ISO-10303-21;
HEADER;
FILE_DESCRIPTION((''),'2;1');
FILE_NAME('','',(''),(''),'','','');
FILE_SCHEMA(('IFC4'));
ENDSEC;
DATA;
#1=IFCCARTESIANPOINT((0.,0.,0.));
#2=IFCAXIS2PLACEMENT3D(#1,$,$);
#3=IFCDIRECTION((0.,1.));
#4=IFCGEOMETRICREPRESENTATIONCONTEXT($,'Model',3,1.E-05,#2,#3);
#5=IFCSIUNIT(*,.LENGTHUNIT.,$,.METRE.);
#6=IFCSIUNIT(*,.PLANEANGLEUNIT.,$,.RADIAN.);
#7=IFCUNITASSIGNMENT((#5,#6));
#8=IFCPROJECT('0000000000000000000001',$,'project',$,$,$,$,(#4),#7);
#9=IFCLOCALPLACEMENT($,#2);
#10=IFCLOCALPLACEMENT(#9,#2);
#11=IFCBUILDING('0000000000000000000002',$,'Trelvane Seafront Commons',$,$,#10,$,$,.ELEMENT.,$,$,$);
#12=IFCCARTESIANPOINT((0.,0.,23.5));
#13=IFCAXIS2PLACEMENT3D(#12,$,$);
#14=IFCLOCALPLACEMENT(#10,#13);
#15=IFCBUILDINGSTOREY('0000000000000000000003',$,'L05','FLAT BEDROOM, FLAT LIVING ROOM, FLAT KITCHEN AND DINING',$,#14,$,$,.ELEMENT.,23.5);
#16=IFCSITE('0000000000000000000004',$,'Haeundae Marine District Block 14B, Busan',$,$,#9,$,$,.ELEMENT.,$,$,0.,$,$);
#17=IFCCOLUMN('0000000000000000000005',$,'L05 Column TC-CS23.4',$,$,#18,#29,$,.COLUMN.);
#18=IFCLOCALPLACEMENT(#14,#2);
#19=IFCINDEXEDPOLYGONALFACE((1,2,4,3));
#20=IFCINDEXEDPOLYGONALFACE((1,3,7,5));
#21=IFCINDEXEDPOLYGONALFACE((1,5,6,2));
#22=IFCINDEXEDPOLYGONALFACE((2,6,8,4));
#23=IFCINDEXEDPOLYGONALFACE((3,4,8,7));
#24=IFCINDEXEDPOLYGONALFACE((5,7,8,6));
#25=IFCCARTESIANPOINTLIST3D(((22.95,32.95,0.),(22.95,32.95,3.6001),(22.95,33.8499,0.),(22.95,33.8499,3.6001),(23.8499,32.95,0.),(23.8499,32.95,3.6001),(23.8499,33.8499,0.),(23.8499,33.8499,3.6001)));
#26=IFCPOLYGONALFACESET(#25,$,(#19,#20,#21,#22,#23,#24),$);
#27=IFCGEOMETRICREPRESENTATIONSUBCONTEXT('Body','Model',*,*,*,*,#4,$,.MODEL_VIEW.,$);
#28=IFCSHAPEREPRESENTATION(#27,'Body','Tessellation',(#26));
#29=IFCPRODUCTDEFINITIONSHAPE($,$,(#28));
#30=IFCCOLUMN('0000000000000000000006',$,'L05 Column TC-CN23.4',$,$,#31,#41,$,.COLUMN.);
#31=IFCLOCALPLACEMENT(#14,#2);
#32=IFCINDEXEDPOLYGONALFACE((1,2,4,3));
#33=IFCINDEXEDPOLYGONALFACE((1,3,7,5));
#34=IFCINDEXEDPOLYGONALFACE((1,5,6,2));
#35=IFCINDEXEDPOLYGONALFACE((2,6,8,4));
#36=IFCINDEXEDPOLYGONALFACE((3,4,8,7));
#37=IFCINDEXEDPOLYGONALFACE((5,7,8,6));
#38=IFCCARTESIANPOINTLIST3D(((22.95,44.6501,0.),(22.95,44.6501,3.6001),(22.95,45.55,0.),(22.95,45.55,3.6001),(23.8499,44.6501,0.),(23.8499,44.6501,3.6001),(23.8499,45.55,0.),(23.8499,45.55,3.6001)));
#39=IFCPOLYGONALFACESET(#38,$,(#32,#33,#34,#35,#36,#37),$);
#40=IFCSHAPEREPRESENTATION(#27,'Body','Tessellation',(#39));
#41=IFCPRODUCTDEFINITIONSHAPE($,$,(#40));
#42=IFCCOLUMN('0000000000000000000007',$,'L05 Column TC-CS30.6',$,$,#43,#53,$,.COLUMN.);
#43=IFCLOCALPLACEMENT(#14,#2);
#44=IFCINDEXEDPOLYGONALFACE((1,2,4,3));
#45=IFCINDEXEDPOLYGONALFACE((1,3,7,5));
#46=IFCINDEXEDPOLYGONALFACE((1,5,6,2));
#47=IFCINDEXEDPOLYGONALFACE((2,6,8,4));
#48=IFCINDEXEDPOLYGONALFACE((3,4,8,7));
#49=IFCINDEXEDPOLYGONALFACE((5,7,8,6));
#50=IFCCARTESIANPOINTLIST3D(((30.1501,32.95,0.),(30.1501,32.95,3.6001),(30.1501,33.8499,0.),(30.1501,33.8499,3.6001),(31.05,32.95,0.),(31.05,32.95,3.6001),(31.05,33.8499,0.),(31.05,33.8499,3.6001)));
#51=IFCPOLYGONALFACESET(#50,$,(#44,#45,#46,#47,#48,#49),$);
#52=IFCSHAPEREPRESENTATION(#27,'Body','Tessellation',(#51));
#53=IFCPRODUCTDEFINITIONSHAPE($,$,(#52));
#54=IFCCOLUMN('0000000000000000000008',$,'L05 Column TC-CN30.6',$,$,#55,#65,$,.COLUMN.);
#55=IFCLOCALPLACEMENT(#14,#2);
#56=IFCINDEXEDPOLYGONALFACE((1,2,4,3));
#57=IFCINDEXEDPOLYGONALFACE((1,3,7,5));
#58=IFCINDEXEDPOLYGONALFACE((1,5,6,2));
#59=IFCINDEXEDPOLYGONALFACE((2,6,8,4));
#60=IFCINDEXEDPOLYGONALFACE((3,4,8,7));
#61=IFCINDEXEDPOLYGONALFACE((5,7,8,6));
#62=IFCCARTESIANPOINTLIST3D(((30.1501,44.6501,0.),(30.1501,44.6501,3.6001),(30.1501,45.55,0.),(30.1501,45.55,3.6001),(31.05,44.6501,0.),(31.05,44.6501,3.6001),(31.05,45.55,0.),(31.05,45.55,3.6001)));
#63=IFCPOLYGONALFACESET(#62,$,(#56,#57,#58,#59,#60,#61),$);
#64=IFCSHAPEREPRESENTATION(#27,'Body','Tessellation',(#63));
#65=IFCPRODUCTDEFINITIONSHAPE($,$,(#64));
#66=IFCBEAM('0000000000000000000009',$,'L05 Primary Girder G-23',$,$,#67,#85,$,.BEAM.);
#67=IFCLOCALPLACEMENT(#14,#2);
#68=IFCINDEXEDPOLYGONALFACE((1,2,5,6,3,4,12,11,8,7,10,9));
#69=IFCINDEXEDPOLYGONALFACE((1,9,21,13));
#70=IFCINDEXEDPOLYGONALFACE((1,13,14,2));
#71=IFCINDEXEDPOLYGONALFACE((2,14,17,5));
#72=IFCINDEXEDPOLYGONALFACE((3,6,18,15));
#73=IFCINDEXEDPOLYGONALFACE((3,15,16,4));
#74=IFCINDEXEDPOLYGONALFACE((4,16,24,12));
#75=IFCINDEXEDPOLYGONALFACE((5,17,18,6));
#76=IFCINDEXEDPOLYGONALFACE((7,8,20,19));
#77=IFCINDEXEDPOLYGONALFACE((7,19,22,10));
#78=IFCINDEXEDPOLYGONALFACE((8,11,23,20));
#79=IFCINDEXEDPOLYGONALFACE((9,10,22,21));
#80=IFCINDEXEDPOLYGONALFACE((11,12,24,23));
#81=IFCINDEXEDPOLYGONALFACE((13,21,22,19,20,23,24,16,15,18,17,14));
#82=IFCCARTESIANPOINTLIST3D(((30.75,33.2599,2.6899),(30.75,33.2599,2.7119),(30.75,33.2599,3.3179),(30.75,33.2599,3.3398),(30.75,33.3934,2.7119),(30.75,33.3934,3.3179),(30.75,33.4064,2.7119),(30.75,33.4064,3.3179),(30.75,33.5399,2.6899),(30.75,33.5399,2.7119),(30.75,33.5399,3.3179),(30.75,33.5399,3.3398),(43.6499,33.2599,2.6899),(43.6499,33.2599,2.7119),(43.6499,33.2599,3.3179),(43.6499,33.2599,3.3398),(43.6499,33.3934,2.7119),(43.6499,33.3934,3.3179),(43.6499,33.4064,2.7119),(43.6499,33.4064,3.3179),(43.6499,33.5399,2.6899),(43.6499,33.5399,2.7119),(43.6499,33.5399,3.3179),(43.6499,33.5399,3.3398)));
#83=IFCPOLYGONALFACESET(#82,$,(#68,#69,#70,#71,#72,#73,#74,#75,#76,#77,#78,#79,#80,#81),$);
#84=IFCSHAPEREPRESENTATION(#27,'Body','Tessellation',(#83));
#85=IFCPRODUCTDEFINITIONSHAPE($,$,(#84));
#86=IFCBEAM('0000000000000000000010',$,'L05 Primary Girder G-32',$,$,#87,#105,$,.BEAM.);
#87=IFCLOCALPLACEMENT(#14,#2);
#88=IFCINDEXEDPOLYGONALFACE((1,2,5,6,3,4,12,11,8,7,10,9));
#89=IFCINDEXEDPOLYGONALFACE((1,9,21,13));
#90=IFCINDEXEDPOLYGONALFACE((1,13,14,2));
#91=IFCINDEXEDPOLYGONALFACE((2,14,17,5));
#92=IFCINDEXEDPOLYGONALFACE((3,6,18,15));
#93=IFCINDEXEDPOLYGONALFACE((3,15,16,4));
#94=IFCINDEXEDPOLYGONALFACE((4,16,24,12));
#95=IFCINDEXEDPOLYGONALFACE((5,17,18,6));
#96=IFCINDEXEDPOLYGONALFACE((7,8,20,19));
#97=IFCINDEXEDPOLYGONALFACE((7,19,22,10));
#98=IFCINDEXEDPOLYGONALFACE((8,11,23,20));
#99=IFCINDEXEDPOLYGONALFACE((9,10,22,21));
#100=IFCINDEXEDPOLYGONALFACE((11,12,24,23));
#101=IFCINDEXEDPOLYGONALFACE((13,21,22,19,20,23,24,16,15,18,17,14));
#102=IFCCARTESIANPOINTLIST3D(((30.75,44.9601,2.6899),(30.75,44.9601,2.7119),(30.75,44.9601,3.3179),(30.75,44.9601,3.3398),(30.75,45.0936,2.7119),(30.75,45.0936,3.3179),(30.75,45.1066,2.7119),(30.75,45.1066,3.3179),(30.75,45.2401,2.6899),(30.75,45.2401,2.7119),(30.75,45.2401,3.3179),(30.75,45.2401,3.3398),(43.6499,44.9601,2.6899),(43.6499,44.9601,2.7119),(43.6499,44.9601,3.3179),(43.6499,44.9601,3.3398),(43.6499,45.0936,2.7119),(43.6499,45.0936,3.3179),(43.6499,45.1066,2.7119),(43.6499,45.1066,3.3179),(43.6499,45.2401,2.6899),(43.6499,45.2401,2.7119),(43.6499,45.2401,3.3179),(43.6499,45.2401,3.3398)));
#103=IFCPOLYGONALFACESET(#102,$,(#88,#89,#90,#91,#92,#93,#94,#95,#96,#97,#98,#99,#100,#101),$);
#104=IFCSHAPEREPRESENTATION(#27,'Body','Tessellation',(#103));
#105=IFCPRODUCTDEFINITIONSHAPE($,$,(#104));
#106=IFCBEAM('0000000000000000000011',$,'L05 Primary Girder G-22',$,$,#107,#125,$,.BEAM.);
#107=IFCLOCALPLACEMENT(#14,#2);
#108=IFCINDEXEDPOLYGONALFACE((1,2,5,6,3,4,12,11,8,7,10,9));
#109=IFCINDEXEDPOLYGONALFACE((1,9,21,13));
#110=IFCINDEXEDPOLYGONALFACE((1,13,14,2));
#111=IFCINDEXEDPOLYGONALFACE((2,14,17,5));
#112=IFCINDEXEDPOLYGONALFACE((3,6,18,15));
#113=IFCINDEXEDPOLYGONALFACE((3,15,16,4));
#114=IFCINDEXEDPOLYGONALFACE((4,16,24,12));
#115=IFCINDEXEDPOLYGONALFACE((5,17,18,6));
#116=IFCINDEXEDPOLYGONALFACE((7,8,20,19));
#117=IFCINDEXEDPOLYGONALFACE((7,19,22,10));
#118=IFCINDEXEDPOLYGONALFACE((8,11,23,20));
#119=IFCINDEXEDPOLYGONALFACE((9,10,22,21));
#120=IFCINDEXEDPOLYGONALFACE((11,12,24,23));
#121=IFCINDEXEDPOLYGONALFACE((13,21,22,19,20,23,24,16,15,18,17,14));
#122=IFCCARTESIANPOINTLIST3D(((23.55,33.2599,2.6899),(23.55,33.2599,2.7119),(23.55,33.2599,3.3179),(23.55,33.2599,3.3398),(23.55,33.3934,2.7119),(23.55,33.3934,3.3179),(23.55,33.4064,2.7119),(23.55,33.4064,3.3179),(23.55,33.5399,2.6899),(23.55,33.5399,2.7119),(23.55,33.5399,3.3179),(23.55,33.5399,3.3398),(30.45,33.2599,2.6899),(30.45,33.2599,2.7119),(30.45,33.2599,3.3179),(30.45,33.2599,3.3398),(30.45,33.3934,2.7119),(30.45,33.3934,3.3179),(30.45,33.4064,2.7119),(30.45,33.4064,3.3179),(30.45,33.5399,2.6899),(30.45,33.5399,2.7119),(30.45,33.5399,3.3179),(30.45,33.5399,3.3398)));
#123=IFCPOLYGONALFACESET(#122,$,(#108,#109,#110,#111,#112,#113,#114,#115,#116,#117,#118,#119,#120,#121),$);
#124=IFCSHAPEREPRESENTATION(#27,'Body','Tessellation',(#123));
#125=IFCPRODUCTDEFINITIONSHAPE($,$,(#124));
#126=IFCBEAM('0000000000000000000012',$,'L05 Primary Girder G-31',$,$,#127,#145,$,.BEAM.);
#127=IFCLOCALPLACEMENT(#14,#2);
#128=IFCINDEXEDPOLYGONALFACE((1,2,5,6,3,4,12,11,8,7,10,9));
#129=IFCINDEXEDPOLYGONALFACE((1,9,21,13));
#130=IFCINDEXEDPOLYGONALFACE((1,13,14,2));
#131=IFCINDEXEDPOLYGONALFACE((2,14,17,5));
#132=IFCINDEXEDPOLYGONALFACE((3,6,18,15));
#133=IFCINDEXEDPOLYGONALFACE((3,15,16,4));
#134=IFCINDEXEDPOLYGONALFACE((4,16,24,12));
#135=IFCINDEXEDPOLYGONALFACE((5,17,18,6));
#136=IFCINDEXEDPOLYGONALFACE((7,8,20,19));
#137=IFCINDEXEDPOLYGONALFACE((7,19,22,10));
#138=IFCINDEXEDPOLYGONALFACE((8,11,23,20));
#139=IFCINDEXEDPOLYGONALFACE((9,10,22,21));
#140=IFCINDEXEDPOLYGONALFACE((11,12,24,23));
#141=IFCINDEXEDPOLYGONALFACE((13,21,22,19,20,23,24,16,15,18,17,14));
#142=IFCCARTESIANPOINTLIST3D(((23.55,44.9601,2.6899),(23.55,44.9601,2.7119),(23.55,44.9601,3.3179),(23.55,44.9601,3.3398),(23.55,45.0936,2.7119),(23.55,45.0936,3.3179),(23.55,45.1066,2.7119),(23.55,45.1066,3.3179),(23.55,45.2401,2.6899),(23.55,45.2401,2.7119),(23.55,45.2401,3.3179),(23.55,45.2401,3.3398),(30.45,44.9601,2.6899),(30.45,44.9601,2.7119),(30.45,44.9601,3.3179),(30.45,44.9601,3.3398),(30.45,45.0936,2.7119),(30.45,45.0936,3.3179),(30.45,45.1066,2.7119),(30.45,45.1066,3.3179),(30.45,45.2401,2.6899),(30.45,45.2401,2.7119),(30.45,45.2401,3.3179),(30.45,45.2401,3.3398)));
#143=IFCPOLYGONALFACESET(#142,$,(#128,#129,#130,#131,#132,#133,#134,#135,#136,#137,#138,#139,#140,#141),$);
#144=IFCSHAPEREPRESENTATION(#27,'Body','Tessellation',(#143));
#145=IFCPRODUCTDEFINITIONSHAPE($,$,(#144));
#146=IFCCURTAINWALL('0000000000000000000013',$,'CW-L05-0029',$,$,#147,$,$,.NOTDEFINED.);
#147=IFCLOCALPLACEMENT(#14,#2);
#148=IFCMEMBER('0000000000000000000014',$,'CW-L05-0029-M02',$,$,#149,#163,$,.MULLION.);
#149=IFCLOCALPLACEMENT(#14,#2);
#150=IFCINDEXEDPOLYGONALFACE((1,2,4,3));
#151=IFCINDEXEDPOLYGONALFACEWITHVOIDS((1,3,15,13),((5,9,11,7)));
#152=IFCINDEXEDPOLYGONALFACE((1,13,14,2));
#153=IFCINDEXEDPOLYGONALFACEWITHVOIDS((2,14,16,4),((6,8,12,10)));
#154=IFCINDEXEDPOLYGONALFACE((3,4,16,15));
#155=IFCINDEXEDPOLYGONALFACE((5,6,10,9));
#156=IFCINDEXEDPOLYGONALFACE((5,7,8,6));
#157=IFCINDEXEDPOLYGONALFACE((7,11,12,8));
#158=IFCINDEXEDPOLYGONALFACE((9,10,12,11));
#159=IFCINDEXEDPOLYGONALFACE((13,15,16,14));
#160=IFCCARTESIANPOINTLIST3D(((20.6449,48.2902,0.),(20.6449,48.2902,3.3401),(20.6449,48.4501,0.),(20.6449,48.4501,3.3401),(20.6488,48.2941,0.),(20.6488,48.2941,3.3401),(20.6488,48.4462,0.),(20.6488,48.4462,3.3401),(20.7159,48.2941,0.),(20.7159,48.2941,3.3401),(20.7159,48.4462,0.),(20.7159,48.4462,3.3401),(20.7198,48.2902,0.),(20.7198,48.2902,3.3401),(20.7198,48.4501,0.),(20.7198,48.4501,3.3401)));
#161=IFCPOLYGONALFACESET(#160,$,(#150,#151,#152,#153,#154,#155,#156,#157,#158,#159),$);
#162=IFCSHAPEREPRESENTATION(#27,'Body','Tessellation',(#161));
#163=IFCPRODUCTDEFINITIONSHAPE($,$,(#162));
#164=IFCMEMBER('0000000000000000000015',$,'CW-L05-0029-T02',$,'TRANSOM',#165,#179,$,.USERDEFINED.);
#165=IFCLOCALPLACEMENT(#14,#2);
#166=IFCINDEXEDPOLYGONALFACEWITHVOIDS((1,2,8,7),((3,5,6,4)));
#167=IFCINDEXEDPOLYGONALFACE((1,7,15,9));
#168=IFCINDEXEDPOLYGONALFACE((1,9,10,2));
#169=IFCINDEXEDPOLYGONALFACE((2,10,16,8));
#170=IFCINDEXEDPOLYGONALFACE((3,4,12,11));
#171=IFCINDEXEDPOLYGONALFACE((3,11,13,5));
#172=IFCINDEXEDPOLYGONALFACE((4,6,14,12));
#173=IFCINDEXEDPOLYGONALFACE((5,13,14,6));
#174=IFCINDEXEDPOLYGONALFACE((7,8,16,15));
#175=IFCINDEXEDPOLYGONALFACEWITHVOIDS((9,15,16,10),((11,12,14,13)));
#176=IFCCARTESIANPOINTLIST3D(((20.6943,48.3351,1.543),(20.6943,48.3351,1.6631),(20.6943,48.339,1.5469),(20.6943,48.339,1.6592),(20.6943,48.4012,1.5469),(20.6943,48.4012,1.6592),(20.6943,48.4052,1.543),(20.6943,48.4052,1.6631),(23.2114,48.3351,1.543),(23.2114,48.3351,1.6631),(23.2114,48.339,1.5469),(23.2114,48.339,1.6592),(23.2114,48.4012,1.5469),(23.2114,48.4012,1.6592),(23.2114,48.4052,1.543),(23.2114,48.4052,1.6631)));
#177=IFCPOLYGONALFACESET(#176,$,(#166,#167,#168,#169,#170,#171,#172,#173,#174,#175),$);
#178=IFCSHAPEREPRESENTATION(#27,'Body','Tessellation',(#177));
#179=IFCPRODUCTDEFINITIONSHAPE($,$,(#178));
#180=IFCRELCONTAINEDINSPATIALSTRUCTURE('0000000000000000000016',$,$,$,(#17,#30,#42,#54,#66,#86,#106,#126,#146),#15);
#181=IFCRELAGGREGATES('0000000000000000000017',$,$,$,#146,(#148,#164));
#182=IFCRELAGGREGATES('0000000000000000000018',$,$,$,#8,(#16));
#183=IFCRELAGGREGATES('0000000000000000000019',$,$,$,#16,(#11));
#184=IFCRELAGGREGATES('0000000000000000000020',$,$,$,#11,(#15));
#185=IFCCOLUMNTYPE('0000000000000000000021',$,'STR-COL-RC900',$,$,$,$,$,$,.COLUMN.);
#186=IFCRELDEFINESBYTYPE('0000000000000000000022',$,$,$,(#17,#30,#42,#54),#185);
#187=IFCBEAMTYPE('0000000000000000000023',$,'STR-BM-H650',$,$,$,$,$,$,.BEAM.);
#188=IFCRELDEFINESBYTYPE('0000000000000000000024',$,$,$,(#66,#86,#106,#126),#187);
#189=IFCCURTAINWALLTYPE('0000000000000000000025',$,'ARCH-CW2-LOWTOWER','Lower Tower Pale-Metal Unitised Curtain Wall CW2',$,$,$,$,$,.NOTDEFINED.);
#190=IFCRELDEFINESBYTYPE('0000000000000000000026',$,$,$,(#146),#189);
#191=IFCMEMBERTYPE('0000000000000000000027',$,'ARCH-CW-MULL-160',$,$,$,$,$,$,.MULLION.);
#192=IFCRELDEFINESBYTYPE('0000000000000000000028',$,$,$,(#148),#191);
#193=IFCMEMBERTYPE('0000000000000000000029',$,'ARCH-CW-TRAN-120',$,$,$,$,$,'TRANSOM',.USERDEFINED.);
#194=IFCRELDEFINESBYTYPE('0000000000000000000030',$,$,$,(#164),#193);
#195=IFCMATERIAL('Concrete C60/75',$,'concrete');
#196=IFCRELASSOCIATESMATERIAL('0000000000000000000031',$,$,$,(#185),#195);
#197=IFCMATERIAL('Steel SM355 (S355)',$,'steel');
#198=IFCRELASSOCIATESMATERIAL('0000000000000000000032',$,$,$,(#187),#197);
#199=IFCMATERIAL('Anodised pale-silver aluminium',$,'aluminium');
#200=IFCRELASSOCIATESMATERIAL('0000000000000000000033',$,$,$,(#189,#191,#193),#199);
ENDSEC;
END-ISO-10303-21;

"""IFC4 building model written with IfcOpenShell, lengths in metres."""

from ifc_helpers import new_model, si_unit, direction, frame, origin, origin_2d, place, context, subcontext, project, spatial, rectangle, hollow_rectangle, i_section, extrude, source, transform, mapped, material, material_profile, profile_set, type_object, element, aggregate, save


model = new_model("IFC4")

# Units and contexts
model_context = context("Model", 3, precision=1e-05, world=origin(), true_north=direction((0.0, 1.0)))
body_context = subcontext(model_context, "Body", "Model", "MODEL_VIEW")
ifc_project = project(units=[si_unit("LENGTHUNIT", "METRE"), si_unit("PLANEANGLEUNIT", "RADIAN")], contexts=[model_context])

# Site, building, storey
site_placement = place(None, origin())
site = spatial("IfcSite", under=ifc_project, at=site_placement, Name="Haeundae Marine District Block 14B, Busan", CompositionType="ELEMENT", RefElevation=0.0)
building_placement = place(site_placement, origin())
building = spatial("IfcBuilding", under=site, at=building_placement, Name="Trelvane Seafront Commons", CompositionType="ELEMENT")
storey_placement = place(building_placement, frame((0.0, 0.0, 23.5)))
storey = spatial("IfcBuildingStorey", under=building, at=storey_placement, Name="L05", Description="FLAT BEDROOM, FLAT LIVING ROOM, FLAT KITCHEN AND DINING", CompositionType="ELEMENT", Elevation=23.5)

# Columns
ifc_material_1 = material(Name="Concrete C60/75", Category="concrete")
ifc_material_profile_1 = material_profile(ifc_material_1, rectangle(XDim=0.8999, YDim=0.8999, at=origin_2d()), Name="RC-900x900")
ifc_profile_set_1 = profile_set([ifc_material_profile_1], Name="Concrete C60/75")
column_type = type_object("IfcColumnType", Name="STR-COL-RC900", PredefinedType="COLUMN", material=ifc_profile_set_1)
shared_shape_1 = source(origin(), body_context, "Body", "SweptSolid", [
    extrude(rectangle(XDim=0.8999, YDim=0.8999, at=origin_2d()), origin(), (0.0, 0.0, 1.0), 3.6001),
])
for number, where, z_axis, x_axis, name in (
    (1, (23.3999, 33.3999, 0.0), (0.0, 0.0, 1.0), (1.0, 0.0, 0.0), "L05 Column TC-CS23.4"),
    (2, (23.3999, 45.1001, 0.0), (0.0, 0.0, 1.0), (1.0, 0.0, 0.0), "L05 Column TC-CN23.4"),
    (3, (30.6001, 33.3999, 0.0), (0.0, 0.0, 1.0), (1.0, 0.0, 0.0), "L05 Column TC-CS30.6"),
    (4, (30.6001, 45.1001, 0.0), (0.0, 0.0, 1.0), (1.0, 0.0, 0.0), "L05 Column TC-CN30.6"),
):
    element("IfcColumn", number, at=place(storey_placement, frame(where, z_axis=z_axis, x_axis=x_axis)), inside=storey, type_object=column_type, Name=name, PredefinedType="COLUMN", context=body_context, shape_type="MappedRepresentation", body=[
        mapped(shared_shape_1, transform((0.0, 0.0, 0.0), x_axis=(1.0, 0.0, 0.0), y_axis=(0.0, 1.0, 0.0), z_axis=(0.0, 0.0, 1.0), scale=1.0)),
    ])

# Beams
ifc_material_2 = material(Name="Steel SM355 (S355)", Category="steel")
ifc_material_profile_2 = material_profile(ifc_material_2, i_section(OverallWidth=0.28, OverallDepth=0.6499, WebThickness=0.0129, FlangeThickness=0.022, at=origin_2d()), Name="H-650x280x13x22")
ifc_profile_set_2 = profile_set([ifc_material_profile_2], Name="Steel SM355 (S355)")
beam_type = type_object("IfcBeamType", Name="STR-BM-H650", PredefinedType="BEAM", material=ifc_profile_set_2)
shared_shape_2 = source(origin(), body_context, "Body", "SweptSolid", [
    extrude(i_section(OverallWidth=0.28, OverallDepth=0.6499, WebThickness=0.0129, FlangeThickness=0.022, at=origin_2d()), origin(), (0.0, 0.0, 1.0), 12.8999),
])
for number, where, z_axis, x_axis, name in (
    (5, (30.75, 33.3999, 3.0149), (1.0, 0.0, 0.0), (0.0, 1.0, 0.0), "L05 Primary Girder G-23"),
    (6, (30.75, 45.1001, 3.0149), (1.0, 0.0, 0.0), (0.0, 1.0, 0.0), "L05 Primary Girder G-32"),
):
    element("IfcBeam", number, at=place(storey_placement, frame(where, z_axis=z_axis, x_axis=x_axis)), inside=storey, type_object=beam_type, Name=name, PredefinedType="BEAM", context=body_context, shape_type="MappedRepresentation", body=[
        mapped(shared_shape_2, transform((0.0, 0.0, 0.0), x_axis=(1.0, 0.0, 0.0), y_axis=(0.0, 1.0, 0.0), z_axis=(0.0, 0.0, 1.0), scale=1.0)),
    ])
shared_shape_3 = source(origin(), body_context, "Body", "SweptSolid", [
    extrude(i_section(OverallWidth=0.28, OverallDepth=0.6499, WebThickness=0.0129, FlangeThickness=0.022, at=origin_2d()), origin(), (0.0, 0.0, 1.0), 6.8999),
])
for number, where, z_axis, x_axis, name in (
    (7, (23.55, 33.3999, 3.0149), (1.0, 0.0, 0.0), (0.0, 1.0, 0.0), "L05 Primary Girder G-22"),
    (8, (23.55, 45.1001, 3.0149), (1.0, 0.0, 0.0), (0.0, 1.0, 0.0), "L05 Primary Girder G-31"),
):
    element("IfcBeam", number, at=place(storey_placement, frame(where, z_axis=z_axis, x_axis=x_axis)), inside=storey, type_object=beam_type, Name=name, PredefinedType="BEAM", context=body_context, shape_type="MappedRepresentation", body=[
        mapped(shared_shape_3, transform((0.0, 0.0, 0.0), x_axis=(1.0, 0.0, 0.0), y_axis=(0.0, 1.0, 0.0), z_axis=(0.0, 0.0, 1.0), scale=1.0)),
    ])

# Curtain wall, members
ifc_material_3 = material(Name="Anodised pale-silver aluminium", Category="aluminium")
curtain_wall_type = type_object("IfcCurtainWallType", Name="ARCH-CW2-LOWTOWER", Description="Lower Tower Pale-Metal Unitised Curtain Wall CW2", PredefinedType="NOTDEFINED", material=ifc_material_3)
curtain_wall_placement = place(storey_placement, origin())
curtain_wall = element("IfcCurtainWall", 9, at=curtain_wall_placement, inside=storey, type_object=curtain_wall_type, Name="CW-L05-0029", PredefinedType="NOTDEFINED")
ifc_material_profile_3 = material_profile(ifc_material_3, hollow_rectangle(XDim=0.075, YDim=0.1599, WallThickness=0.0039, at=origin_2d()), Name="MULL-75x160x4")
ifc_profile_set_3 = profile_set([ifc_material_profile_3], Name="Anodised pale-silver aluminium")
member_type_1 = type_object("IfcMemberType", Name="ARCH-CW-MULL-160", PredefinedType="MULLION", material=ifc_profile_set_3)
shared_shape_4 = source(origin(), body_context, "Body", "SweptSolid", [
    extrude(hollow_rectangle(XDim=0.075, YDim=0.1599, WallThickness=0.0039, at=origin_2d()), origin(), (0.0, 0.0, 1.0), 3.3401),
])
member_1_placement = place(storey_placement, frame((20.6824, 48.3701, 0.0), z_axis=(0.0, 0.0, 1.0), x_axis=(1.0, 0.0, 0.0)))
member_1 = element("IfcMember", 10, at=member_1_placement, type_object=member_type_1, Name="CW-L05-0029-M02", PredefinedType="MULLION", context=body_context, shape_type="MappedRepresentation", body=[
    mapped(shared_shape_4, transform((0.0, 0.0, 0.0), x_axis=(1.0, 0.0, 0.0), y_axis=(0.0, 1.0, 0.0), z_axis=(0.0, 0.0, 1.0), scale=1.0)),
])
ifc_material_profile_4 = material_profile(ifc_material_3, hollow_rectangle(XDim=0.0701, YDim=0.1201, WallThickness=0.0039, at=origin_2d()), Name="TRAN-70x120x4")
ifc_profile_set_4 = profile_set([ifc_material_profile_4], Name="Anodised pale-silver aluminium")
member_type_2 = type_object("IfcMemberType", Name="ARCH-CW-TRAN-120", ElementType="TRANSOM", PredefinedType="USERDEFINED", material=ifc_profile_set_4)
shared_shape_5 = source(origin(), body_context, "Body", "SweptSolid", [
    extrude(hollow_rectangle(XDim=0.0701, YDim=0.1201, WallThickness=0.0039, at=origin_2d()), origin(), (0.0, 0.0, 1.0), 2.5171),
])
member_2_placement = place(storey_placement, frame((20.6943, 48.3701, 1.603), z_axis=(1.0, 0.0, 0.0), x_axis=(0.0, 1.0, 0.0)))
member_2 = element("IfcMember", 11, at=member_2_placement, type_object=member_type_2, Name="CW-L05-0029-T02", ObjectType="TRANSOM", PredefinedType="USERDEFINED", context=body_context, shape_type="MappedRepresentation", body=[
    mapped(shared_shape_5, transform((0.0, 0.0, 0.0), x_axis=(1.0, 0.0, 0.0), y_axis=(0.0, 1.0, 0.0), z_axis=(0.0, 0.0, 1.0), scale=1.0)),
])
aggregate(curtain_wall, [member_1, member_2])

save(model, "model.ifc")
